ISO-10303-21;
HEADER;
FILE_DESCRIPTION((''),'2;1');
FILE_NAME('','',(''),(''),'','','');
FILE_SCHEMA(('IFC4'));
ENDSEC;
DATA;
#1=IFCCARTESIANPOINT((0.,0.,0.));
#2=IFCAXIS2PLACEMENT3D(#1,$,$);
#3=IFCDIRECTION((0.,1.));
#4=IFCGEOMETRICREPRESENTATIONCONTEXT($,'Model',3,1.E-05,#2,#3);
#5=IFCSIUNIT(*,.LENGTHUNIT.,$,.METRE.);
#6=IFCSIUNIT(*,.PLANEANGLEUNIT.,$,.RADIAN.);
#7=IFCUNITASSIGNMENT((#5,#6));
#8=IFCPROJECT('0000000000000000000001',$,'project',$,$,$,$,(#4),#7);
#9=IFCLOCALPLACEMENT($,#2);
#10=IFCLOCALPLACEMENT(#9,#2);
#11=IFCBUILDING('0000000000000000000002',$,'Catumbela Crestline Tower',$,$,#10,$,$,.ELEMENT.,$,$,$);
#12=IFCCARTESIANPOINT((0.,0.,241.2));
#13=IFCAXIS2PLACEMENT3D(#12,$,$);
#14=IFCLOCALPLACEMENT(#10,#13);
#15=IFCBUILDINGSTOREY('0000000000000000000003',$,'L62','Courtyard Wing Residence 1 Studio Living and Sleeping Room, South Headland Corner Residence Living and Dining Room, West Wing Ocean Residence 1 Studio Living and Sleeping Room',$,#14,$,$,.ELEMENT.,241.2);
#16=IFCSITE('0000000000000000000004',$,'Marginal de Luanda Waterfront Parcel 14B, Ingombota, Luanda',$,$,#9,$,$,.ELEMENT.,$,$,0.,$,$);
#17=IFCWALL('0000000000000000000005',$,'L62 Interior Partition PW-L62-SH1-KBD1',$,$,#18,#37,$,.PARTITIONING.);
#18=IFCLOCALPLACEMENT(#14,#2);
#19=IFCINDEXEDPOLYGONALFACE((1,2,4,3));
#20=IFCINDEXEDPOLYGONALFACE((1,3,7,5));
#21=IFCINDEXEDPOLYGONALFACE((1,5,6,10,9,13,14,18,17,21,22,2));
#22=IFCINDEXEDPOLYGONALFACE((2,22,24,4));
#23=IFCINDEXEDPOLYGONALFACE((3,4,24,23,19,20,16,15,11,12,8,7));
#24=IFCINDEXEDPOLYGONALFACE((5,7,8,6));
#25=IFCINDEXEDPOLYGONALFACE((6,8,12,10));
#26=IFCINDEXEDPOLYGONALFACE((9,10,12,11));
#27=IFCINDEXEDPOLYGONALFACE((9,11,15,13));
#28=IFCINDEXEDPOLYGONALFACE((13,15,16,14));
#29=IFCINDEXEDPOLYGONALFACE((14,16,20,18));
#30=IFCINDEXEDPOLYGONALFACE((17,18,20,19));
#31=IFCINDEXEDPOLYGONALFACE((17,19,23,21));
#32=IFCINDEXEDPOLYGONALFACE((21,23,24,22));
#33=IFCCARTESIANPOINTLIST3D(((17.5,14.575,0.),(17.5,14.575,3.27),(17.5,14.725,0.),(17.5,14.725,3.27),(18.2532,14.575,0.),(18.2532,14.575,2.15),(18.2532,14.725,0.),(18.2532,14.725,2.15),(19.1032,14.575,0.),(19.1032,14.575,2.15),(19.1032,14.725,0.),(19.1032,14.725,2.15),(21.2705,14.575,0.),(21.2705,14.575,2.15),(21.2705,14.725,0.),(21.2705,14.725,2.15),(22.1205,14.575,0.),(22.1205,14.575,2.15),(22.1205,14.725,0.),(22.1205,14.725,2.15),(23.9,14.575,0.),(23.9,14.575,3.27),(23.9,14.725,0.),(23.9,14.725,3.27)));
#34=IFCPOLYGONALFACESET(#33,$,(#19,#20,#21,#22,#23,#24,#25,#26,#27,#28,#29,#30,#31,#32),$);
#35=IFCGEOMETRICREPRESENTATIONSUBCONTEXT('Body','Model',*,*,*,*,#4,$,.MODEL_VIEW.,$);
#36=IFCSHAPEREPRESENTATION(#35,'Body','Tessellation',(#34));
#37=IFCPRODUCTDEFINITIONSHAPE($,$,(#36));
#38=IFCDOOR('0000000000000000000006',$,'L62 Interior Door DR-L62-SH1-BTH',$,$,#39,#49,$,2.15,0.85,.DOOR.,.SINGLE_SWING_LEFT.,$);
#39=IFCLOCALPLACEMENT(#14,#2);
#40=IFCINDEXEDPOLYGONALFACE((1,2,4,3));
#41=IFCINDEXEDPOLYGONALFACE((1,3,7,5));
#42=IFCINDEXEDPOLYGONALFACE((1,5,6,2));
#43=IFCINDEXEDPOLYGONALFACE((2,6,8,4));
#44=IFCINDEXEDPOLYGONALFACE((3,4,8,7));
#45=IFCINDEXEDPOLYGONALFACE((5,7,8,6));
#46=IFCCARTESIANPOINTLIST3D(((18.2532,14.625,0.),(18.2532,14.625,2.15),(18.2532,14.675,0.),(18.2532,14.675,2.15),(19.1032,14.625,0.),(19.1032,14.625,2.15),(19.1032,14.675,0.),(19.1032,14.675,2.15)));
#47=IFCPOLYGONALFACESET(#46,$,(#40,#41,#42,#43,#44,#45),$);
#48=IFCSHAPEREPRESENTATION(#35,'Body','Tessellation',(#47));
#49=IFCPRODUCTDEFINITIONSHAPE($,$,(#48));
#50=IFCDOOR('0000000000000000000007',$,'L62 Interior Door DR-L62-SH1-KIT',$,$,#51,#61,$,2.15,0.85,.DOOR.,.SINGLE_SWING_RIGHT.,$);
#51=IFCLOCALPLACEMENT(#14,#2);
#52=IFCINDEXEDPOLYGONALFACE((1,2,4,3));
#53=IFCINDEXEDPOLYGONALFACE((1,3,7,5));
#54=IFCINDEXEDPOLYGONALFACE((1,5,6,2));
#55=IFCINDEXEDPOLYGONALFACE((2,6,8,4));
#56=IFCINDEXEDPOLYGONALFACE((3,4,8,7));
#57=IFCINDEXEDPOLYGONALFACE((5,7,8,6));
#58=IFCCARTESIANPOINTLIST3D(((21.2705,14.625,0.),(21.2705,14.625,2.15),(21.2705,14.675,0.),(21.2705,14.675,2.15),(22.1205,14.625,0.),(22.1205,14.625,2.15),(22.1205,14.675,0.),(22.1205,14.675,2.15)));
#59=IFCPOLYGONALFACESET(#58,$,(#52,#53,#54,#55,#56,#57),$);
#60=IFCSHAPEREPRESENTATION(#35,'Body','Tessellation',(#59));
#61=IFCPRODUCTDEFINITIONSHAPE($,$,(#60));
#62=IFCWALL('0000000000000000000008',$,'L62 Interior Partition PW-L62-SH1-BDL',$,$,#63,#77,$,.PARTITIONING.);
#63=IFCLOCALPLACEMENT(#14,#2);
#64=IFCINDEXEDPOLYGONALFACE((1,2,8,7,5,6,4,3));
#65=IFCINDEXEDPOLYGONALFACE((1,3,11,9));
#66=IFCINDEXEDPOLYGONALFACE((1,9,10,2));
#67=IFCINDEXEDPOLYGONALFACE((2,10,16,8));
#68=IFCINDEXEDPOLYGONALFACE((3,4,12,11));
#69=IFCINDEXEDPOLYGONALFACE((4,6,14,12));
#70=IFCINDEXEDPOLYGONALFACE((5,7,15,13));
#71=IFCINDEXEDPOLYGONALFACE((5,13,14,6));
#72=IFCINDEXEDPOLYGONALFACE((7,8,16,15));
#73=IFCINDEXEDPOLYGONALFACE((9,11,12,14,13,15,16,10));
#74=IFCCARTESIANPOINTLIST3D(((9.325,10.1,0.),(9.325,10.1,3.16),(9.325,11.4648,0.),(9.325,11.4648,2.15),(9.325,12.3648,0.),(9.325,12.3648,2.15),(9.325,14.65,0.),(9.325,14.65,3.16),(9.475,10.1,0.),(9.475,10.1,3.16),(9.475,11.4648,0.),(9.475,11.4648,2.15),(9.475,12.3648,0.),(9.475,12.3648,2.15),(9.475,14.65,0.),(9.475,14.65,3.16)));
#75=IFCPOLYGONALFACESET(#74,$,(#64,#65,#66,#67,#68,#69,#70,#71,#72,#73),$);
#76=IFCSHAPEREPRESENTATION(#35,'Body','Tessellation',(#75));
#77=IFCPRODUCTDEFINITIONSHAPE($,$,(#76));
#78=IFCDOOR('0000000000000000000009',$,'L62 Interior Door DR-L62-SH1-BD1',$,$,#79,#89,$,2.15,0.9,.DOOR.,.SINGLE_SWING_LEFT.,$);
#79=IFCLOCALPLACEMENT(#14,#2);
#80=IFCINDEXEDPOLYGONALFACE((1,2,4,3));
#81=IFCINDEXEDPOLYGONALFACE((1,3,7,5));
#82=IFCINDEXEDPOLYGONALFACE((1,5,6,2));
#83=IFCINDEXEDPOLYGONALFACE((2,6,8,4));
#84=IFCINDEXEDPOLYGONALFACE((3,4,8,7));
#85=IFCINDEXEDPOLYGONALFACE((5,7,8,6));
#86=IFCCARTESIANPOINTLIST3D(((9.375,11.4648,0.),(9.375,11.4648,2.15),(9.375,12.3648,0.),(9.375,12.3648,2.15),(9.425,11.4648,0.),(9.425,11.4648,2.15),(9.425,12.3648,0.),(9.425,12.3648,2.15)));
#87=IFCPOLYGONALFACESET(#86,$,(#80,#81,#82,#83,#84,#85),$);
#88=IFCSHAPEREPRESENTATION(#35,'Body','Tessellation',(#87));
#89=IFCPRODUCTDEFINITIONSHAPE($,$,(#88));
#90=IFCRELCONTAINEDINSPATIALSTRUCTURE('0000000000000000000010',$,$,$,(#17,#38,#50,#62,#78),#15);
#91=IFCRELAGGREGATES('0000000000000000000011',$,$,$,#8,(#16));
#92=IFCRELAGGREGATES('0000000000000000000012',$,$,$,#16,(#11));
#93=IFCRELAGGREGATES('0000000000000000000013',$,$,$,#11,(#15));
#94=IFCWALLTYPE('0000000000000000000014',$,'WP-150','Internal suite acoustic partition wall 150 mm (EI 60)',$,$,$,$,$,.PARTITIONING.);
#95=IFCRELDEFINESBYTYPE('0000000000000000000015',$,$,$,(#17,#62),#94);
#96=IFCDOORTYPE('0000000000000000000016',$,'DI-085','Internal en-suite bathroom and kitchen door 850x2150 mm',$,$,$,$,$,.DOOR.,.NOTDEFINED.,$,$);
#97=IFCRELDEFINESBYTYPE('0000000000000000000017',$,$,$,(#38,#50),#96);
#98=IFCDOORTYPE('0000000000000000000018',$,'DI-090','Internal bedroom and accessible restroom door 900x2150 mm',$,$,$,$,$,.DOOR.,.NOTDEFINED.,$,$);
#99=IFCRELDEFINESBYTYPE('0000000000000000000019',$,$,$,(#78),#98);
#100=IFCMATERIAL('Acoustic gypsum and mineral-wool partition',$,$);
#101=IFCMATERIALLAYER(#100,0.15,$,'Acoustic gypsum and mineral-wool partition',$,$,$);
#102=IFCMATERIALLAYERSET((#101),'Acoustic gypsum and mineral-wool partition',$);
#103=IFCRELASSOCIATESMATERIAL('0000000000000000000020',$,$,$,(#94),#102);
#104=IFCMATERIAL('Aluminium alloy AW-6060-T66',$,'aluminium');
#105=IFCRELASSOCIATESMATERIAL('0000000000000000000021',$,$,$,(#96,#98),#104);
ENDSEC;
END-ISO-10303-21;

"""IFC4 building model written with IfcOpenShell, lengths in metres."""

from ifc_helpers import new_model, si_unit, direction, frame, frame_2d, origin, place, context, subcontext, project, spatial, rectangle, extrude, material, layer, layer_set, type_object, element, fill, save


model = new_model("IFC4")

# Units and contexts
model_context = context("Model", 3, precision=1e-05, world=origin(), true_north=direction((0.0, 1.0)))
body_context = subcontext(model_context, "Body", "Model", "MODEL_VIEW")
ifc_project = project(units=[si_unit("LENGTHUNIT", "METRE"), si_unit("PLANEANGLEUNIT", "RADIAN")], contexts=[model_context])

# Site, building, storey
site_placement = place(None, origin())
site = spatial("IfcSite", under=ifc_project, at=site_placement, Name="Marginal de Luanda Waterfront Parcel 14B, Ingombota, Luanda", CompositionType="ELEMENT", RefElevation=0.0)
building_placement = place(site_placement, origin())
building = spatial("IfcBuilding", under=site, at=building_placement, Name="Catumbela Crestline Tower", CompositionType="ELEMENT")
storey_placement = place(building_placement, frame((0.0, 0.0, 241.2)))
storey = spatial("IfcBuildingStorey", under=building, at=storey_placement, Name="L62", Description="Courtyard Wing Residence 1 Studio Living and Sleeping Room, South Headland Corner Residence Living and Dining Room, West Wing Ocean Residence 1 Studio Living and Sleeping Room", CompositionType="ELEMENT", Elevation=241.2)

# Shared definitions
ifc_material_1 = material(Name="Aluminium alloy AW-6060-T66", Category="aluminium")

# Shared definitions
ifc_material_2 = material(Name="Acoustic gypsum and mineral-wool partition")

# Shared definitions
ifc_layer_1 = layer(ifc_material_2, 0.15, Name="Acoustic gypsum and mineral-wool partition")
ifc_layer_set_1 = layer_set([ifc_layer_1], Name="Acoustic gypsum and mineral-wool partition")
wall_type_1 = type_object("IfcWallType", Name="WP-150", Description="Internal suite acoustic partition wall 150 mm (EI 60)", PredefinedType="PARTITIONING", material=ifc_layer_set_1)

# Shared definitions
door_type_1 = type_object("IfcDoorType", Name="DI-085", Description="Internal en-suite bathroom and kitchen door 850x2150 mm", OperationType="NOTDEFINED", PredefinedType="DOOR", material=ifc_material_1)

# Wall, openings, doors
wall_1_placement = place(storey_placement, frame((17.5, 14.65, 0.0), z_axis=(0.0, 0.0, 1.0), x_axis=(1.0, 0.0, 0.0)))
wall_1 = element("IfcWall", 1, at=wall_1_placement, inside=storey, type_object=wall_type_1, Name="L62 Interior Partition PW-L62-SH1-KBD1", PredefinedType="PARTITIONING", context=body_context, shape_type="SweptSolid", body=[
    extrude(rectangle(XDim=6.4, YDim=0.15, at=frame_2d((3.2, 0.0))), origin(), (0.0, 0.0, 1.0), 3.27),
])
opening_1_placement = place(wall_1_placement, frame((0.7532, 0.0, 0.0)))
opening_1 = element("IfcOpeningElement", 2, at=opening_1_placement, cuts=wall_1, PredefinedType="OPENING", context=body_context, shape_type="SweptSolid", body=[
    extrude(rectangle(XDim=0.85, YDim=2.15, at=frame_2d((0.425, 1.075))), frame((0.0, 0.085, 0.0), z_axis=(0.0, -1.0, 0.0), x_axis=(1.0, 0.0, 0.0)), (0.0, 0.0, 1.0), 0.17),
])
opening_2_placement = place(wall_1_placement, frame((3.7705, 0.0, 0.0)))
opening_2 = element("IfcOpeningElement", 3, at=opening_2_placement, cuts=wall_1, PredefinedType="OPENING", context=body_context, shape_type="SweptSolid", body=[
    extrude(rectangle(XDim=0.85, YDim=2.15, at=frame_2d((0.425, 1.075))), frame((0.0, 0.085, 0.0), z_axis=(0.0, -1.0, 0.0), x_axis=(1.0, 0.0, 0.0)), (0.0, 0.0, 1.0), 0.17),
])
door_1_placement = place(opening_1_placement, origin())
door_1 = element("IfcDoor", 4, at=door_1_placement, inside=storey, type_object=door_type_1, Name="L62 Interior Door DR-L62-SH1-BTH", OperationType="SINGLE_SWING_LEFT", OverallHeight=2.15, OverallWidth=0.85, PredefinedType="DOOR", context=body_context, shape_type="SweptSolid", body=[
    extrude(rectangle(XDim=0.85, YDim=2.15, at=frame_2d((0.425, 1.075))), frame((0.0, 0.025, 0.0), z_axis=(0.0, -1.0, 0.0), x_axis=(1.0, 0.0, 0.0)), (0.0, 0.0, 1.0), 0.05),
])
fill(opening_1, door_1)
door_2_placement = place(opening_2_placement, origin())
door_2 = element("IfcDoor", 5, at=door_2_placement, inside=storey, type_object=door_type_1, Name="L62 Interior Door DR-L62-SH1-KIT", OperationType="SINGLE_SWING_RIGHT", OverallHeight=2.15, OverallWidth=0.85, PredefinedType="DOOR", context=body_context, shape_type="SweptSolid", body=[
    extrude(rectangle(XDim=0.85, YDim=2.15, at=frame_2d((0.425, 1.075))), frame((0.0, 0.025, 0.0), z_axis=(0.0, -1.0, 0.0), x_axis=(1.0, 0.0, 0.0)), (0.0, 0.0, 1.0), 0.05),
])
fill(opening_2, door_2)

# Wall, opening, door
wall_2_placement = place(storey_placement, frame((9.4, 10.1, 0.0), z_axis=(0.0, 0.0, 1.0), x_axis=(0.0, 1.0, 0.0)))
wall_2 = element("IfcWall", 6, at=wall_2_placement, inside=storey, type_object=wall_type_1, Name="L62 Interior Partition PW-L62-SH1-BDL", PredefinedType="PARTITIONING", context=body_context, shape_type="SweptSolid", body=[
    extrude(rectangle(XDim=4.55, YDim=0.15, at=frame_2d((2.275, 0.0))), origin(), (0.0, 0.0, 1.0), 3.16),
])
opening_3_placement = place(wall_2_placement, frame((1.3648, 0.0, 0.0)))
opening_3 = element("IfcOpeningElement", 7, at=opening_3_placement, cuts=wall_2, PredefinedType="OPENING", context=body_context, shape_type="SweptSolid", body=[
    extrude(rectangle(XDim=0.9, YDim=2.15, at=frame_2d((0.45, 1.075))), frame((0.0, 0.085, 0.0), z_axis=(0.0, -1.0, 0.0), x_axis=(1.0, 0.0, 0.0)), (0.0, 0.0, 1.0), 0.17),
])
door_type_2 = type_object("IfcDoorType", Name="DI-090", Description="Internal bedroom and accessible restroom door 900x2150 mm", OperationType="NOTDEFINED", PredefinedType="DOOR", material=ifc_material_1)
door_3_placement = place(opening_3_placement, origin())
door_3 = element("IfcDoor", 8, at=door_3_placement, inside=storey, type_object=door_type_2, Name="L62 Interior Door DR-L62-SH1-BD1", OperationType="SINGLE_SWING_LEFT", OverallHeight=2.15, OverallWidth=0.9, PredefinedType="DOOR", context=body_context, shape_type="SweptSolid", body=[
    extrude(rectangle(XDim=0.9, YDim=2.15, at=frame_2d((0.45, 1.075))), frame((0.0, 0.025, 0.0), z_axis=(0.0, -1.0, 0.0), x_axis=(1.0, 0.0, 0.0)), (0.0, 0.0, 1.0), 0.05),
])
fill(opening_3, door_3)

save(model, "model.ifc")
